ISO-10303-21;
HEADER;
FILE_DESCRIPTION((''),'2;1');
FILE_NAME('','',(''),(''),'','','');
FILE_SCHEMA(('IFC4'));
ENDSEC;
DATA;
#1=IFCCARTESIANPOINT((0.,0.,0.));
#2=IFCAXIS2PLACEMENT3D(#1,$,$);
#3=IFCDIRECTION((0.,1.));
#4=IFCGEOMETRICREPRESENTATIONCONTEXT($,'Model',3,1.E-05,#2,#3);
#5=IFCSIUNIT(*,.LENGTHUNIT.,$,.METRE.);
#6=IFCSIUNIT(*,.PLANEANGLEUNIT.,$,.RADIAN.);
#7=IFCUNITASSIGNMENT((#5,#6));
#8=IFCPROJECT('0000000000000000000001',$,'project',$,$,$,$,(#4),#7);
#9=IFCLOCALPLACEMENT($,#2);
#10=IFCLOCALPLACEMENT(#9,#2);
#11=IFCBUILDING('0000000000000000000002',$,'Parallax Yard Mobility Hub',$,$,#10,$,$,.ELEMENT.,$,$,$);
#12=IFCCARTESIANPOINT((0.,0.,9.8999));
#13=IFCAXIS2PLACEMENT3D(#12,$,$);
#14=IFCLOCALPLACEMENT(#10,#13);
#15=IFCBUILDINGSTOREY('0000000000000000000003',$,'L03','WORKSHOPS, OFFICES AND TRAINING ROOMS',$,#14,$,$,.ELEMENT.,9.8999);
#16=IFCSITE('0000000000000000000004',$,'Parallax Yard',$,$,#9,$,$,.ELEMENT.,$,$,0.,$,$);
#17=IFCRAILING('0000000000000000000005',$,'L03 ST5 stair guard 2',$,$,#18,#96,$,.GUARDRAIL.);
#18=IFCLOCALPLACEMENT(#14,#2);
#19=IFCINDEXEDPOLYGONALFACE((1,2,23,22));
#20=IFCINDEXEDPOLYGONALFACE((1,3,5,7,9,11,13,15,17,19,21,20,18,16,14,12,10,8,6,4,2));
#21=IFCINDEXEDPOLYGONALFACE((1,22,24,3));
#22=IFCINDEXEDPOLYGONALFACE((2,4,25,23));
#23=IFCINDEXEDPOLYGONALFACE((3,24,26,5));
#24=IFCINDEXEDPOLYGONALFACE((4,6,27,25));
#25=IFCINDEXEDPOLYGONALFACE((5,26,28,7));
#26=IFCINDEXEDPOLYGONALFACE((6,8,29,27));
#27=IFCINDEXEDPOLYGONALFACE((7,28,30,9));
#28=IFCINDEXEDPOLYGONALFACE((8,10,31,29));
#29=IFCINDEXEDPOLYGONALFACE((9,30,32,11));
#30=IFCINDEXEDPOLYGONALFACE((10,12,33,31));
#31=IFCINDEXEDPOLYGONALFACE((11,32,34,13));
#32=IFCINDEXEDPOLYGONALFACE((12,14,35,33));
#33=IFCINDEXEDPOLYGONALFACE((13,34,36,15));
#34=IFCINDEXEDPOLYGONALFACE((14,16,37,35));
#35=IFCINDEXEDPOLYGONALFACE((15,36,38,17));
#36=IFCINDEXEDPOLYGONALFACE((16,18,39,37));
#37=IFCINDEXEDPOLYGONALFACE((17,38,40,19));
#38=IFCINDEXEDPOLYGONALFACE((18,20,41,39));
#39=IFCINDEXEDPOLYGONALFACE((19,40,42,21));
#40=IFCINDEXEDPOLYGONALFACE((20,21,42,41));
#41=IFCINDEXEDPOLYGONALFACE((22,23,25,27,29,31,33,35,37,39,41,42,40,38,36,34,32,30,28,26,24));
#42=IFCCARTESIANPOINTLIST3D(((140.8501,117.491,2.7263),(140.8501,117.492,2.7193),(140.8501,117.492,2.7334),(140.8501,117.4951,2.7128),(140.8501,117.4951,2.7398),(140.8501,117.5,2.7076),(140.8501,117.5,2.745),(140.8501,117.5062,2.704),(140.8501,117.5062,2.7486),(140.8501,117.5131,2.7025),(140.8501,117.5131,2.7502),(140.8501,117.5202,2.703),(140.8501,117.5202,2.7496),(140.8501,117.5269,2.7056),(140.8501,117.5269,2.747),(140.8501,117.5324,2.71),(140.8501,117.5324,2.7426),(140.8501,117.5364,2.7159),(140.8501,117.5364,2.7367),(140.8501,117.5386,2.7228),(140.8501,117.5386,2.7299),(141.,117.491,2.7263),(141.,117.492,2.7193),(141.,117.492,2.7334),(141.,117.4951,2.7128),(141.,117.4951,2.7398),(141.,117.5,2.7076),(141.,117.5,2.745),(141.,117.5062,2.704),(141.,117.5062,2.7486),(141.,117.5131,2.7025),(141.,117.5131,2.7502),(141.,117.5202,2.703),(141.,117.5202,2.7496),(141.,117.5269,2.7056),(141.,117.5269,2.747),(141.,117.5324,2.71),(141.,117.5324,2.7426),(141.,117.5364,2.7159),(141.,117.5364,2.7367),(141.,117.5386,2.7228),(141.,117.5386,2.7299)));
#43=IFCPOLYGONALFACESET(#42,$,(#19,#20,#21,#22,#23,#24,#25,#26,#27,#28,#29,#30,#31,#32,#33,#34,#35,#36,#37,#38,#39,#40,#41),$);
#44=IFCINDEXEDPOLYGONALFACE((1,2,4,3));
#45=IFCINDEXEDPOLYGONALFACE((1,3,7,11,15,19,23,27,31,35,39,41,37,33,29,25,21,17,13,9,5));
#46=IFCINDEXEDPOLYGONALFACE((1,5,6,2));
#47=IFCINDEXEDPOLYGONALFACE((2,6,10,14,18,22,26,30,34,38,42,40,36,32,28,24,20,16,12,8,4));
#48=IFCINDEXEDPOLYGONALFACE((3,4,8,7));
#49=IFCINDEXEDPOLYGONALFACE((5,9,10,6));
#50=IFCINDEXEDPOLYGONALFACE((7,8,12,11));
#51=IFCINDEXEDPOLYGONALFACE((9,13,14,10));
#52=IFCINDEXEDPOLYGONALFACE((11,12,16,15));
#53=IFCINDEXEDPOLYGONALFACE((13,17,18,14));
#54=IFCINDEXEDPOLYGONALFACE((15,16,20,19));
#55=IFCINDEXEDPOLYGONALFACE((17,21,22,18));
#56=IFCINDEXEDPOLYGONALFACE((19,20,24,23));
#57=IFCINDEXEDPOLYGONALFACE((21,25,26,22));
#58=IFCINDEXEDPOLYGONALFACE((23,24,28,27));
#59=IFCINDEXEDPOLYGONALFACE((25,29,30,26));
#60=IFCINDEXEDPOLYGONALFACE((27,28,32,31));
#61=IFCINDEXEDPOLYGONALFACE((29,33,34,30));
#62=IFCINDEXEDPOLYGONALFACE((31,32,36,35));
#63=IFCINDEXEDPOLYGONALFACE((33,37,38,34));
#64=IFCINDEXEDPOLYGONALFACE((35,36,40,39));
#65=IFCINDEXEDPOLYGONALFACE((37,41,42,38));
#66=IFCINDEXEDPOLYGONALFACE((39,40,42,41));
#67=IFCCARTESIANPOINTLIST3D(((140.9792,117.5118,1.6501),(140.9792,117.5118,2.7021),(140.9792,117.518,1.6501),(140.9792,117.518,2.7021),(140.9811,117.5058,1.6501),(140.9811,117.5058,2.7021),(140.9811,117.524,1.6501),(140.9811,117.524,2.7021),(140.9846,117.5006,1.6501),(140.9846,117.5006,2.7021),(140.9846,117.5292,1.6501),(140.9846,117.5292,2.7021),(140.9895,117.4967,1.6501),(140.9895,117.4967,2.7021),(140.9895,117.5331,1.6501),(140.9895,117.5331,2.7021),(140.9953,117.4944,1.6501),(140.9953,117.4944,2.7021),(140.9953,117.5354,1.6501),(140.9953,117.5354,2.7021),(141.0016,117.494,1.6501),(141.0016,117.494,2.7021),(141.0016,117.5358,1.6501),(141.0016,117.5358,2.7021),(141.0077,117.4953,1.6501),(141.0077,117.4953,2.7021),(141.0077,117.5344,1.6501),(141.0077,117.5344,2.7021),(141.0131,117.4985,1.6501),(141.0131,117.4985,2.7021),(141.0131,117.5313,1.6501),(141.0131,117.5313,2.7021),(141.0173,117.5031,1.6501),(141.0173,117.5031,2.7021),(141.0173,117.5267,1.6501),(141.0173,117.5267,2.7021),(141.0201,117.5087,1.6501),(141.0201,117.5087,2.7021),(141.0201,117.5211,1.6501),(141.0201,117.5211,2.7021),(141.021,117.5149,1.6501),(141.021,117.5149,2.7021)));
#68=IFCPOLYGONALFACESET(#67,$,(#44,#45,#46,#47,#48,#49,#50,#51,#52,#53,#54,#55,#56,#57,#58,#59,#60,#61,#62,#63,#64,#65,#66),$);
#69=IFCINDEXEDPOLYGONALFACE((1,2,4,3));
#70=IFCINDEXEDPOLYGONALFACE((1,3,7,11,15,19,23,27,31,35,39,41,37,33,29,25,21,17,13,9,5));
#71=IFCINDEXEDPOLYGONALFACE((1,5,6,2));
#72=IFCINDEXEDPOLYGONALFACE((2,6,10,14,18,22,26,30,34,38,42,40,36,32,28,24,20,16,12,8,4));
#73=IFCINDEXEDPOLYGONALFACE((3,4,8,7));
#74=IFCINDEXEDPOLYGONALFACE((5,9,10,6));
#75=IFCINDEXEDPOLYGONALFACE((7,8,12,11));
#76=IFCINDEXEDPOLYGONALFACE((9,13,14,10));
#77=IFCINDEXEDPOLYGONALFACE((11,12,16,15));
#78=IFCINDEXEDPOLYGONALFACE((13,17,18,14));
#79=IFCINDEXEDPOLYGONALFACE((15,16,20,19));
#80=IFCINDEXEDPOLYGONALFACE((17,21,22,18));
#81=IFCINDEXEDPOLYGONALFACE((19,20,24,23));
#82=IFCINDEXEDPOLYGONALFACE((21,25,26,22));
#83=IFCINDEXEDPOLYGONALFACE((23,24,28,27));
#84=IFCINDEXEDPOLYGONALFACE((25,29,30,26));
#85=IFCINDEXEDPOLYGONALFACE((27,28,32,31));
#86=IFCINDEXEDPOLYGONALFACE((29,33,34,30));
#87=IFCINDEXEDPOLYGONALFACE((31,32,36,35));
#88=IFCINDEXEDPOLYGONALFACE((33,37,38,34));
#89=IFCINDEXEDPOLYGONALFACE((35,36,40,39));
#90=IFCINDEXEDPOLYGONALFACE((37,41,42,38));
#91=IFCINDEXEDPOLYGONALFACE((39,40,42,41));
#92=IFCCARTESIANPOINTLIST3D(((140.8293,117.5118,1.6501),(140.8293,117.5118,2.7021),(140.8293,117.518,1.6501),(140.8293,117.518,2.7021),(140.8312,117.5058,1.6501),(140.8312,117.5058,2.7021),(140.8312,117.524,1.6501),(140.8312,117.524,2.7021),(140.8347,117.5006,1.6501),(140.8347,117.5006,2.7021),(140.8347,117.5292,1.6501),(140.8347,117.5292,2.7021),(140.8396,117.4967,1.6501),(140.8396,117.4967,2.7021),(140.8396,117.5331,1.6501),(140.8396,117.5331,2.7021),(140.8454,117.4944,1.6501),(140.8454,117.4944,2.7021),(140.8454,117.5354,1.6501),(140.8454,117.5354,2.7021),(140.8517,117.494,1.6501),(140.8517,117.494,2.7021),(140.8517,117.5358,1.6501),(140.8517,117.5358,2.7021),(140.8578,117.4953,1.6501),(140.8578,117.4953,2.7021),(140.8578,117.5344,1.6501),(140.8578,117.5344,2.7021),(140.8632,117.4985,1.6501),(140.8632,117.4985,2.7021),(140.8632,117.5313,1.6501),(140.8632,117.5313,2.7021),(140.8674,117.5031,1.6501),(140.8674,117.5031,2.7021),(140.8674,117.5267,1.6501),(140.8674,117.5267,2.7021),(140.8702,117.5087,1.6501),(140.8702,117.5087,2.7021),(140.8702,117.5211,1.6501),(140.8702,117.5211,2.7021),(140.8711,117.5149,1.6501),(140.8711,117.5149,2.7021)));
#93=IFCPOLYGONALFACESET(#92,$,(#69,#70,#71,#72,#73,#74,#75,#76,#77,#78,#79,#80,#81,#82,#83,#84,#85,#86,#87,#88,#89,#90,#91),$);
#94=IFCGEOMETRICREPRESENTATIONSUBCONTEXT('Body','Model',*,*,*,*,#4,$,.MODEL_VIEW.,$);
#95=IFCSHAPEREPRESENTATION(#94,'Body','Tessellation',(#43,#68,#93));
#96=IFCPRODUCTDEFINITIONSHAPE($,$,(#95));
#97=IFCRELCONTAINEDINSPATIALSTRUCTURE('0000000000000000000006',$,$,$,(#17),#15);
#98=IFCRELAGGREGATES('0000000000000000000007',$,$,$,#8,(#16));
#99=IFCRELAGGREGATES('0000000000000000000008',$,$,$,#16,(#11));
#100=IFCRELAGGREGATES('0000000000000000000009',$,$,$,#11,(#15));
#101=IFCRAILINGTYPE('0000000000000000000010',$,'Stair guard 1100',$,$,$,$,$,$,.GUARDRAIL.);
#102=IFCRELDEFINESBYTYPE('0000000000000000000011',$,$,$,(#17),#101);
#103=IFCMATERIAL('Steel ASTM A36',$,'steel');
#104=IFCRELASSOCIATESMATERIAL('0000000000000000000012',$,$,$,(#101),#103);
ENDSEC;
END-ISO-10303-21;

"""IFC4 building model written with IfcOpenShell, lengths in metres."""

from ifc_helpers import new_model, si_unit, direction, frame, origin, origin_2d, place, context, subcontext, project, spatial, circle, extrude, material, type_object, element, save


model = new_model("IFC4")

# Units and contexts
model_context = context("Model", 3, precision=1e-05, world=origin(), true_north=direction((0.0, 1.0)))
body_context = subcontext(model_context, "Body", "Model", "MODEL_VIEW")
ifc_project = project(units=[si_unit("LENGTHUNIT", "METRE"), si_unit("PLANEANGLEUNIT", "RADIAN")], contexts=[model_context])

# Site, building, storey
site_placement = place(None, origin())
site = spatial("IfcSite", under=ifc_project, at=site_placement, Name="Parallax Yard", CompositionType="ELEMENT", RefElevation=0.0)
building_placement = place(site_placement, origin())
building = spatial("IfcBuilding", under=site, at=building_placement, Name="Parallax Yard Mobility Hub", CompositionType="ELEMENT")
storey_placement = place(building_placement, frame((0.0, 0.0, 9.8999)))
storey = spatial("IfcBuildingStorey", under=building, at=storey_placement, Name="L03", Description="WORKSHOPS, OFFICES AND TRAINING ROOMS", CompositionType="ELEMENT", Elevation=9.8999)

# Railing
ifc_material_1 = material(Name="Steel ASTM A36", Category="steel")
railing_type_1 = type_object("IfcRailingType", Name="Stair guard 1100", PredefinedType="GUARDRAIL", material=ifc_material_1)
railing_1_placement = place(storey_placement, frame((141.0, 117.5149, 1.6501)))
element("IfcRailing", 1, at=railing_1_placement, inside=storey, type_object=railing_type_1, Name="L03 ST5 stair guard 2", PredefinedType="GUARDRAIL", context=body_context, shape_type="SweptSolid", body=[
    extrude(circle(Radius=0.0239, at=origin_2d()), frame((0.0, 0.0, 1.0762), z_axis=(-1.0, 0.0, 0.0), x_axis=(0.0, -1.0, 0.0)), (0.0, 0.0, 1.0), 0.1499),
    extrude(circle(Radius=0.021, at=origin_2d()), origin(), (0.0, 0.0, 1.0), 1.052),
    extrude(circle(Radius=0.021, at=origin_2d()), frame((-0.1499, 0.0, 0.0)), (0.0, 0.0, 1.0), 1.052),
])

save(model, "model.ifc")
